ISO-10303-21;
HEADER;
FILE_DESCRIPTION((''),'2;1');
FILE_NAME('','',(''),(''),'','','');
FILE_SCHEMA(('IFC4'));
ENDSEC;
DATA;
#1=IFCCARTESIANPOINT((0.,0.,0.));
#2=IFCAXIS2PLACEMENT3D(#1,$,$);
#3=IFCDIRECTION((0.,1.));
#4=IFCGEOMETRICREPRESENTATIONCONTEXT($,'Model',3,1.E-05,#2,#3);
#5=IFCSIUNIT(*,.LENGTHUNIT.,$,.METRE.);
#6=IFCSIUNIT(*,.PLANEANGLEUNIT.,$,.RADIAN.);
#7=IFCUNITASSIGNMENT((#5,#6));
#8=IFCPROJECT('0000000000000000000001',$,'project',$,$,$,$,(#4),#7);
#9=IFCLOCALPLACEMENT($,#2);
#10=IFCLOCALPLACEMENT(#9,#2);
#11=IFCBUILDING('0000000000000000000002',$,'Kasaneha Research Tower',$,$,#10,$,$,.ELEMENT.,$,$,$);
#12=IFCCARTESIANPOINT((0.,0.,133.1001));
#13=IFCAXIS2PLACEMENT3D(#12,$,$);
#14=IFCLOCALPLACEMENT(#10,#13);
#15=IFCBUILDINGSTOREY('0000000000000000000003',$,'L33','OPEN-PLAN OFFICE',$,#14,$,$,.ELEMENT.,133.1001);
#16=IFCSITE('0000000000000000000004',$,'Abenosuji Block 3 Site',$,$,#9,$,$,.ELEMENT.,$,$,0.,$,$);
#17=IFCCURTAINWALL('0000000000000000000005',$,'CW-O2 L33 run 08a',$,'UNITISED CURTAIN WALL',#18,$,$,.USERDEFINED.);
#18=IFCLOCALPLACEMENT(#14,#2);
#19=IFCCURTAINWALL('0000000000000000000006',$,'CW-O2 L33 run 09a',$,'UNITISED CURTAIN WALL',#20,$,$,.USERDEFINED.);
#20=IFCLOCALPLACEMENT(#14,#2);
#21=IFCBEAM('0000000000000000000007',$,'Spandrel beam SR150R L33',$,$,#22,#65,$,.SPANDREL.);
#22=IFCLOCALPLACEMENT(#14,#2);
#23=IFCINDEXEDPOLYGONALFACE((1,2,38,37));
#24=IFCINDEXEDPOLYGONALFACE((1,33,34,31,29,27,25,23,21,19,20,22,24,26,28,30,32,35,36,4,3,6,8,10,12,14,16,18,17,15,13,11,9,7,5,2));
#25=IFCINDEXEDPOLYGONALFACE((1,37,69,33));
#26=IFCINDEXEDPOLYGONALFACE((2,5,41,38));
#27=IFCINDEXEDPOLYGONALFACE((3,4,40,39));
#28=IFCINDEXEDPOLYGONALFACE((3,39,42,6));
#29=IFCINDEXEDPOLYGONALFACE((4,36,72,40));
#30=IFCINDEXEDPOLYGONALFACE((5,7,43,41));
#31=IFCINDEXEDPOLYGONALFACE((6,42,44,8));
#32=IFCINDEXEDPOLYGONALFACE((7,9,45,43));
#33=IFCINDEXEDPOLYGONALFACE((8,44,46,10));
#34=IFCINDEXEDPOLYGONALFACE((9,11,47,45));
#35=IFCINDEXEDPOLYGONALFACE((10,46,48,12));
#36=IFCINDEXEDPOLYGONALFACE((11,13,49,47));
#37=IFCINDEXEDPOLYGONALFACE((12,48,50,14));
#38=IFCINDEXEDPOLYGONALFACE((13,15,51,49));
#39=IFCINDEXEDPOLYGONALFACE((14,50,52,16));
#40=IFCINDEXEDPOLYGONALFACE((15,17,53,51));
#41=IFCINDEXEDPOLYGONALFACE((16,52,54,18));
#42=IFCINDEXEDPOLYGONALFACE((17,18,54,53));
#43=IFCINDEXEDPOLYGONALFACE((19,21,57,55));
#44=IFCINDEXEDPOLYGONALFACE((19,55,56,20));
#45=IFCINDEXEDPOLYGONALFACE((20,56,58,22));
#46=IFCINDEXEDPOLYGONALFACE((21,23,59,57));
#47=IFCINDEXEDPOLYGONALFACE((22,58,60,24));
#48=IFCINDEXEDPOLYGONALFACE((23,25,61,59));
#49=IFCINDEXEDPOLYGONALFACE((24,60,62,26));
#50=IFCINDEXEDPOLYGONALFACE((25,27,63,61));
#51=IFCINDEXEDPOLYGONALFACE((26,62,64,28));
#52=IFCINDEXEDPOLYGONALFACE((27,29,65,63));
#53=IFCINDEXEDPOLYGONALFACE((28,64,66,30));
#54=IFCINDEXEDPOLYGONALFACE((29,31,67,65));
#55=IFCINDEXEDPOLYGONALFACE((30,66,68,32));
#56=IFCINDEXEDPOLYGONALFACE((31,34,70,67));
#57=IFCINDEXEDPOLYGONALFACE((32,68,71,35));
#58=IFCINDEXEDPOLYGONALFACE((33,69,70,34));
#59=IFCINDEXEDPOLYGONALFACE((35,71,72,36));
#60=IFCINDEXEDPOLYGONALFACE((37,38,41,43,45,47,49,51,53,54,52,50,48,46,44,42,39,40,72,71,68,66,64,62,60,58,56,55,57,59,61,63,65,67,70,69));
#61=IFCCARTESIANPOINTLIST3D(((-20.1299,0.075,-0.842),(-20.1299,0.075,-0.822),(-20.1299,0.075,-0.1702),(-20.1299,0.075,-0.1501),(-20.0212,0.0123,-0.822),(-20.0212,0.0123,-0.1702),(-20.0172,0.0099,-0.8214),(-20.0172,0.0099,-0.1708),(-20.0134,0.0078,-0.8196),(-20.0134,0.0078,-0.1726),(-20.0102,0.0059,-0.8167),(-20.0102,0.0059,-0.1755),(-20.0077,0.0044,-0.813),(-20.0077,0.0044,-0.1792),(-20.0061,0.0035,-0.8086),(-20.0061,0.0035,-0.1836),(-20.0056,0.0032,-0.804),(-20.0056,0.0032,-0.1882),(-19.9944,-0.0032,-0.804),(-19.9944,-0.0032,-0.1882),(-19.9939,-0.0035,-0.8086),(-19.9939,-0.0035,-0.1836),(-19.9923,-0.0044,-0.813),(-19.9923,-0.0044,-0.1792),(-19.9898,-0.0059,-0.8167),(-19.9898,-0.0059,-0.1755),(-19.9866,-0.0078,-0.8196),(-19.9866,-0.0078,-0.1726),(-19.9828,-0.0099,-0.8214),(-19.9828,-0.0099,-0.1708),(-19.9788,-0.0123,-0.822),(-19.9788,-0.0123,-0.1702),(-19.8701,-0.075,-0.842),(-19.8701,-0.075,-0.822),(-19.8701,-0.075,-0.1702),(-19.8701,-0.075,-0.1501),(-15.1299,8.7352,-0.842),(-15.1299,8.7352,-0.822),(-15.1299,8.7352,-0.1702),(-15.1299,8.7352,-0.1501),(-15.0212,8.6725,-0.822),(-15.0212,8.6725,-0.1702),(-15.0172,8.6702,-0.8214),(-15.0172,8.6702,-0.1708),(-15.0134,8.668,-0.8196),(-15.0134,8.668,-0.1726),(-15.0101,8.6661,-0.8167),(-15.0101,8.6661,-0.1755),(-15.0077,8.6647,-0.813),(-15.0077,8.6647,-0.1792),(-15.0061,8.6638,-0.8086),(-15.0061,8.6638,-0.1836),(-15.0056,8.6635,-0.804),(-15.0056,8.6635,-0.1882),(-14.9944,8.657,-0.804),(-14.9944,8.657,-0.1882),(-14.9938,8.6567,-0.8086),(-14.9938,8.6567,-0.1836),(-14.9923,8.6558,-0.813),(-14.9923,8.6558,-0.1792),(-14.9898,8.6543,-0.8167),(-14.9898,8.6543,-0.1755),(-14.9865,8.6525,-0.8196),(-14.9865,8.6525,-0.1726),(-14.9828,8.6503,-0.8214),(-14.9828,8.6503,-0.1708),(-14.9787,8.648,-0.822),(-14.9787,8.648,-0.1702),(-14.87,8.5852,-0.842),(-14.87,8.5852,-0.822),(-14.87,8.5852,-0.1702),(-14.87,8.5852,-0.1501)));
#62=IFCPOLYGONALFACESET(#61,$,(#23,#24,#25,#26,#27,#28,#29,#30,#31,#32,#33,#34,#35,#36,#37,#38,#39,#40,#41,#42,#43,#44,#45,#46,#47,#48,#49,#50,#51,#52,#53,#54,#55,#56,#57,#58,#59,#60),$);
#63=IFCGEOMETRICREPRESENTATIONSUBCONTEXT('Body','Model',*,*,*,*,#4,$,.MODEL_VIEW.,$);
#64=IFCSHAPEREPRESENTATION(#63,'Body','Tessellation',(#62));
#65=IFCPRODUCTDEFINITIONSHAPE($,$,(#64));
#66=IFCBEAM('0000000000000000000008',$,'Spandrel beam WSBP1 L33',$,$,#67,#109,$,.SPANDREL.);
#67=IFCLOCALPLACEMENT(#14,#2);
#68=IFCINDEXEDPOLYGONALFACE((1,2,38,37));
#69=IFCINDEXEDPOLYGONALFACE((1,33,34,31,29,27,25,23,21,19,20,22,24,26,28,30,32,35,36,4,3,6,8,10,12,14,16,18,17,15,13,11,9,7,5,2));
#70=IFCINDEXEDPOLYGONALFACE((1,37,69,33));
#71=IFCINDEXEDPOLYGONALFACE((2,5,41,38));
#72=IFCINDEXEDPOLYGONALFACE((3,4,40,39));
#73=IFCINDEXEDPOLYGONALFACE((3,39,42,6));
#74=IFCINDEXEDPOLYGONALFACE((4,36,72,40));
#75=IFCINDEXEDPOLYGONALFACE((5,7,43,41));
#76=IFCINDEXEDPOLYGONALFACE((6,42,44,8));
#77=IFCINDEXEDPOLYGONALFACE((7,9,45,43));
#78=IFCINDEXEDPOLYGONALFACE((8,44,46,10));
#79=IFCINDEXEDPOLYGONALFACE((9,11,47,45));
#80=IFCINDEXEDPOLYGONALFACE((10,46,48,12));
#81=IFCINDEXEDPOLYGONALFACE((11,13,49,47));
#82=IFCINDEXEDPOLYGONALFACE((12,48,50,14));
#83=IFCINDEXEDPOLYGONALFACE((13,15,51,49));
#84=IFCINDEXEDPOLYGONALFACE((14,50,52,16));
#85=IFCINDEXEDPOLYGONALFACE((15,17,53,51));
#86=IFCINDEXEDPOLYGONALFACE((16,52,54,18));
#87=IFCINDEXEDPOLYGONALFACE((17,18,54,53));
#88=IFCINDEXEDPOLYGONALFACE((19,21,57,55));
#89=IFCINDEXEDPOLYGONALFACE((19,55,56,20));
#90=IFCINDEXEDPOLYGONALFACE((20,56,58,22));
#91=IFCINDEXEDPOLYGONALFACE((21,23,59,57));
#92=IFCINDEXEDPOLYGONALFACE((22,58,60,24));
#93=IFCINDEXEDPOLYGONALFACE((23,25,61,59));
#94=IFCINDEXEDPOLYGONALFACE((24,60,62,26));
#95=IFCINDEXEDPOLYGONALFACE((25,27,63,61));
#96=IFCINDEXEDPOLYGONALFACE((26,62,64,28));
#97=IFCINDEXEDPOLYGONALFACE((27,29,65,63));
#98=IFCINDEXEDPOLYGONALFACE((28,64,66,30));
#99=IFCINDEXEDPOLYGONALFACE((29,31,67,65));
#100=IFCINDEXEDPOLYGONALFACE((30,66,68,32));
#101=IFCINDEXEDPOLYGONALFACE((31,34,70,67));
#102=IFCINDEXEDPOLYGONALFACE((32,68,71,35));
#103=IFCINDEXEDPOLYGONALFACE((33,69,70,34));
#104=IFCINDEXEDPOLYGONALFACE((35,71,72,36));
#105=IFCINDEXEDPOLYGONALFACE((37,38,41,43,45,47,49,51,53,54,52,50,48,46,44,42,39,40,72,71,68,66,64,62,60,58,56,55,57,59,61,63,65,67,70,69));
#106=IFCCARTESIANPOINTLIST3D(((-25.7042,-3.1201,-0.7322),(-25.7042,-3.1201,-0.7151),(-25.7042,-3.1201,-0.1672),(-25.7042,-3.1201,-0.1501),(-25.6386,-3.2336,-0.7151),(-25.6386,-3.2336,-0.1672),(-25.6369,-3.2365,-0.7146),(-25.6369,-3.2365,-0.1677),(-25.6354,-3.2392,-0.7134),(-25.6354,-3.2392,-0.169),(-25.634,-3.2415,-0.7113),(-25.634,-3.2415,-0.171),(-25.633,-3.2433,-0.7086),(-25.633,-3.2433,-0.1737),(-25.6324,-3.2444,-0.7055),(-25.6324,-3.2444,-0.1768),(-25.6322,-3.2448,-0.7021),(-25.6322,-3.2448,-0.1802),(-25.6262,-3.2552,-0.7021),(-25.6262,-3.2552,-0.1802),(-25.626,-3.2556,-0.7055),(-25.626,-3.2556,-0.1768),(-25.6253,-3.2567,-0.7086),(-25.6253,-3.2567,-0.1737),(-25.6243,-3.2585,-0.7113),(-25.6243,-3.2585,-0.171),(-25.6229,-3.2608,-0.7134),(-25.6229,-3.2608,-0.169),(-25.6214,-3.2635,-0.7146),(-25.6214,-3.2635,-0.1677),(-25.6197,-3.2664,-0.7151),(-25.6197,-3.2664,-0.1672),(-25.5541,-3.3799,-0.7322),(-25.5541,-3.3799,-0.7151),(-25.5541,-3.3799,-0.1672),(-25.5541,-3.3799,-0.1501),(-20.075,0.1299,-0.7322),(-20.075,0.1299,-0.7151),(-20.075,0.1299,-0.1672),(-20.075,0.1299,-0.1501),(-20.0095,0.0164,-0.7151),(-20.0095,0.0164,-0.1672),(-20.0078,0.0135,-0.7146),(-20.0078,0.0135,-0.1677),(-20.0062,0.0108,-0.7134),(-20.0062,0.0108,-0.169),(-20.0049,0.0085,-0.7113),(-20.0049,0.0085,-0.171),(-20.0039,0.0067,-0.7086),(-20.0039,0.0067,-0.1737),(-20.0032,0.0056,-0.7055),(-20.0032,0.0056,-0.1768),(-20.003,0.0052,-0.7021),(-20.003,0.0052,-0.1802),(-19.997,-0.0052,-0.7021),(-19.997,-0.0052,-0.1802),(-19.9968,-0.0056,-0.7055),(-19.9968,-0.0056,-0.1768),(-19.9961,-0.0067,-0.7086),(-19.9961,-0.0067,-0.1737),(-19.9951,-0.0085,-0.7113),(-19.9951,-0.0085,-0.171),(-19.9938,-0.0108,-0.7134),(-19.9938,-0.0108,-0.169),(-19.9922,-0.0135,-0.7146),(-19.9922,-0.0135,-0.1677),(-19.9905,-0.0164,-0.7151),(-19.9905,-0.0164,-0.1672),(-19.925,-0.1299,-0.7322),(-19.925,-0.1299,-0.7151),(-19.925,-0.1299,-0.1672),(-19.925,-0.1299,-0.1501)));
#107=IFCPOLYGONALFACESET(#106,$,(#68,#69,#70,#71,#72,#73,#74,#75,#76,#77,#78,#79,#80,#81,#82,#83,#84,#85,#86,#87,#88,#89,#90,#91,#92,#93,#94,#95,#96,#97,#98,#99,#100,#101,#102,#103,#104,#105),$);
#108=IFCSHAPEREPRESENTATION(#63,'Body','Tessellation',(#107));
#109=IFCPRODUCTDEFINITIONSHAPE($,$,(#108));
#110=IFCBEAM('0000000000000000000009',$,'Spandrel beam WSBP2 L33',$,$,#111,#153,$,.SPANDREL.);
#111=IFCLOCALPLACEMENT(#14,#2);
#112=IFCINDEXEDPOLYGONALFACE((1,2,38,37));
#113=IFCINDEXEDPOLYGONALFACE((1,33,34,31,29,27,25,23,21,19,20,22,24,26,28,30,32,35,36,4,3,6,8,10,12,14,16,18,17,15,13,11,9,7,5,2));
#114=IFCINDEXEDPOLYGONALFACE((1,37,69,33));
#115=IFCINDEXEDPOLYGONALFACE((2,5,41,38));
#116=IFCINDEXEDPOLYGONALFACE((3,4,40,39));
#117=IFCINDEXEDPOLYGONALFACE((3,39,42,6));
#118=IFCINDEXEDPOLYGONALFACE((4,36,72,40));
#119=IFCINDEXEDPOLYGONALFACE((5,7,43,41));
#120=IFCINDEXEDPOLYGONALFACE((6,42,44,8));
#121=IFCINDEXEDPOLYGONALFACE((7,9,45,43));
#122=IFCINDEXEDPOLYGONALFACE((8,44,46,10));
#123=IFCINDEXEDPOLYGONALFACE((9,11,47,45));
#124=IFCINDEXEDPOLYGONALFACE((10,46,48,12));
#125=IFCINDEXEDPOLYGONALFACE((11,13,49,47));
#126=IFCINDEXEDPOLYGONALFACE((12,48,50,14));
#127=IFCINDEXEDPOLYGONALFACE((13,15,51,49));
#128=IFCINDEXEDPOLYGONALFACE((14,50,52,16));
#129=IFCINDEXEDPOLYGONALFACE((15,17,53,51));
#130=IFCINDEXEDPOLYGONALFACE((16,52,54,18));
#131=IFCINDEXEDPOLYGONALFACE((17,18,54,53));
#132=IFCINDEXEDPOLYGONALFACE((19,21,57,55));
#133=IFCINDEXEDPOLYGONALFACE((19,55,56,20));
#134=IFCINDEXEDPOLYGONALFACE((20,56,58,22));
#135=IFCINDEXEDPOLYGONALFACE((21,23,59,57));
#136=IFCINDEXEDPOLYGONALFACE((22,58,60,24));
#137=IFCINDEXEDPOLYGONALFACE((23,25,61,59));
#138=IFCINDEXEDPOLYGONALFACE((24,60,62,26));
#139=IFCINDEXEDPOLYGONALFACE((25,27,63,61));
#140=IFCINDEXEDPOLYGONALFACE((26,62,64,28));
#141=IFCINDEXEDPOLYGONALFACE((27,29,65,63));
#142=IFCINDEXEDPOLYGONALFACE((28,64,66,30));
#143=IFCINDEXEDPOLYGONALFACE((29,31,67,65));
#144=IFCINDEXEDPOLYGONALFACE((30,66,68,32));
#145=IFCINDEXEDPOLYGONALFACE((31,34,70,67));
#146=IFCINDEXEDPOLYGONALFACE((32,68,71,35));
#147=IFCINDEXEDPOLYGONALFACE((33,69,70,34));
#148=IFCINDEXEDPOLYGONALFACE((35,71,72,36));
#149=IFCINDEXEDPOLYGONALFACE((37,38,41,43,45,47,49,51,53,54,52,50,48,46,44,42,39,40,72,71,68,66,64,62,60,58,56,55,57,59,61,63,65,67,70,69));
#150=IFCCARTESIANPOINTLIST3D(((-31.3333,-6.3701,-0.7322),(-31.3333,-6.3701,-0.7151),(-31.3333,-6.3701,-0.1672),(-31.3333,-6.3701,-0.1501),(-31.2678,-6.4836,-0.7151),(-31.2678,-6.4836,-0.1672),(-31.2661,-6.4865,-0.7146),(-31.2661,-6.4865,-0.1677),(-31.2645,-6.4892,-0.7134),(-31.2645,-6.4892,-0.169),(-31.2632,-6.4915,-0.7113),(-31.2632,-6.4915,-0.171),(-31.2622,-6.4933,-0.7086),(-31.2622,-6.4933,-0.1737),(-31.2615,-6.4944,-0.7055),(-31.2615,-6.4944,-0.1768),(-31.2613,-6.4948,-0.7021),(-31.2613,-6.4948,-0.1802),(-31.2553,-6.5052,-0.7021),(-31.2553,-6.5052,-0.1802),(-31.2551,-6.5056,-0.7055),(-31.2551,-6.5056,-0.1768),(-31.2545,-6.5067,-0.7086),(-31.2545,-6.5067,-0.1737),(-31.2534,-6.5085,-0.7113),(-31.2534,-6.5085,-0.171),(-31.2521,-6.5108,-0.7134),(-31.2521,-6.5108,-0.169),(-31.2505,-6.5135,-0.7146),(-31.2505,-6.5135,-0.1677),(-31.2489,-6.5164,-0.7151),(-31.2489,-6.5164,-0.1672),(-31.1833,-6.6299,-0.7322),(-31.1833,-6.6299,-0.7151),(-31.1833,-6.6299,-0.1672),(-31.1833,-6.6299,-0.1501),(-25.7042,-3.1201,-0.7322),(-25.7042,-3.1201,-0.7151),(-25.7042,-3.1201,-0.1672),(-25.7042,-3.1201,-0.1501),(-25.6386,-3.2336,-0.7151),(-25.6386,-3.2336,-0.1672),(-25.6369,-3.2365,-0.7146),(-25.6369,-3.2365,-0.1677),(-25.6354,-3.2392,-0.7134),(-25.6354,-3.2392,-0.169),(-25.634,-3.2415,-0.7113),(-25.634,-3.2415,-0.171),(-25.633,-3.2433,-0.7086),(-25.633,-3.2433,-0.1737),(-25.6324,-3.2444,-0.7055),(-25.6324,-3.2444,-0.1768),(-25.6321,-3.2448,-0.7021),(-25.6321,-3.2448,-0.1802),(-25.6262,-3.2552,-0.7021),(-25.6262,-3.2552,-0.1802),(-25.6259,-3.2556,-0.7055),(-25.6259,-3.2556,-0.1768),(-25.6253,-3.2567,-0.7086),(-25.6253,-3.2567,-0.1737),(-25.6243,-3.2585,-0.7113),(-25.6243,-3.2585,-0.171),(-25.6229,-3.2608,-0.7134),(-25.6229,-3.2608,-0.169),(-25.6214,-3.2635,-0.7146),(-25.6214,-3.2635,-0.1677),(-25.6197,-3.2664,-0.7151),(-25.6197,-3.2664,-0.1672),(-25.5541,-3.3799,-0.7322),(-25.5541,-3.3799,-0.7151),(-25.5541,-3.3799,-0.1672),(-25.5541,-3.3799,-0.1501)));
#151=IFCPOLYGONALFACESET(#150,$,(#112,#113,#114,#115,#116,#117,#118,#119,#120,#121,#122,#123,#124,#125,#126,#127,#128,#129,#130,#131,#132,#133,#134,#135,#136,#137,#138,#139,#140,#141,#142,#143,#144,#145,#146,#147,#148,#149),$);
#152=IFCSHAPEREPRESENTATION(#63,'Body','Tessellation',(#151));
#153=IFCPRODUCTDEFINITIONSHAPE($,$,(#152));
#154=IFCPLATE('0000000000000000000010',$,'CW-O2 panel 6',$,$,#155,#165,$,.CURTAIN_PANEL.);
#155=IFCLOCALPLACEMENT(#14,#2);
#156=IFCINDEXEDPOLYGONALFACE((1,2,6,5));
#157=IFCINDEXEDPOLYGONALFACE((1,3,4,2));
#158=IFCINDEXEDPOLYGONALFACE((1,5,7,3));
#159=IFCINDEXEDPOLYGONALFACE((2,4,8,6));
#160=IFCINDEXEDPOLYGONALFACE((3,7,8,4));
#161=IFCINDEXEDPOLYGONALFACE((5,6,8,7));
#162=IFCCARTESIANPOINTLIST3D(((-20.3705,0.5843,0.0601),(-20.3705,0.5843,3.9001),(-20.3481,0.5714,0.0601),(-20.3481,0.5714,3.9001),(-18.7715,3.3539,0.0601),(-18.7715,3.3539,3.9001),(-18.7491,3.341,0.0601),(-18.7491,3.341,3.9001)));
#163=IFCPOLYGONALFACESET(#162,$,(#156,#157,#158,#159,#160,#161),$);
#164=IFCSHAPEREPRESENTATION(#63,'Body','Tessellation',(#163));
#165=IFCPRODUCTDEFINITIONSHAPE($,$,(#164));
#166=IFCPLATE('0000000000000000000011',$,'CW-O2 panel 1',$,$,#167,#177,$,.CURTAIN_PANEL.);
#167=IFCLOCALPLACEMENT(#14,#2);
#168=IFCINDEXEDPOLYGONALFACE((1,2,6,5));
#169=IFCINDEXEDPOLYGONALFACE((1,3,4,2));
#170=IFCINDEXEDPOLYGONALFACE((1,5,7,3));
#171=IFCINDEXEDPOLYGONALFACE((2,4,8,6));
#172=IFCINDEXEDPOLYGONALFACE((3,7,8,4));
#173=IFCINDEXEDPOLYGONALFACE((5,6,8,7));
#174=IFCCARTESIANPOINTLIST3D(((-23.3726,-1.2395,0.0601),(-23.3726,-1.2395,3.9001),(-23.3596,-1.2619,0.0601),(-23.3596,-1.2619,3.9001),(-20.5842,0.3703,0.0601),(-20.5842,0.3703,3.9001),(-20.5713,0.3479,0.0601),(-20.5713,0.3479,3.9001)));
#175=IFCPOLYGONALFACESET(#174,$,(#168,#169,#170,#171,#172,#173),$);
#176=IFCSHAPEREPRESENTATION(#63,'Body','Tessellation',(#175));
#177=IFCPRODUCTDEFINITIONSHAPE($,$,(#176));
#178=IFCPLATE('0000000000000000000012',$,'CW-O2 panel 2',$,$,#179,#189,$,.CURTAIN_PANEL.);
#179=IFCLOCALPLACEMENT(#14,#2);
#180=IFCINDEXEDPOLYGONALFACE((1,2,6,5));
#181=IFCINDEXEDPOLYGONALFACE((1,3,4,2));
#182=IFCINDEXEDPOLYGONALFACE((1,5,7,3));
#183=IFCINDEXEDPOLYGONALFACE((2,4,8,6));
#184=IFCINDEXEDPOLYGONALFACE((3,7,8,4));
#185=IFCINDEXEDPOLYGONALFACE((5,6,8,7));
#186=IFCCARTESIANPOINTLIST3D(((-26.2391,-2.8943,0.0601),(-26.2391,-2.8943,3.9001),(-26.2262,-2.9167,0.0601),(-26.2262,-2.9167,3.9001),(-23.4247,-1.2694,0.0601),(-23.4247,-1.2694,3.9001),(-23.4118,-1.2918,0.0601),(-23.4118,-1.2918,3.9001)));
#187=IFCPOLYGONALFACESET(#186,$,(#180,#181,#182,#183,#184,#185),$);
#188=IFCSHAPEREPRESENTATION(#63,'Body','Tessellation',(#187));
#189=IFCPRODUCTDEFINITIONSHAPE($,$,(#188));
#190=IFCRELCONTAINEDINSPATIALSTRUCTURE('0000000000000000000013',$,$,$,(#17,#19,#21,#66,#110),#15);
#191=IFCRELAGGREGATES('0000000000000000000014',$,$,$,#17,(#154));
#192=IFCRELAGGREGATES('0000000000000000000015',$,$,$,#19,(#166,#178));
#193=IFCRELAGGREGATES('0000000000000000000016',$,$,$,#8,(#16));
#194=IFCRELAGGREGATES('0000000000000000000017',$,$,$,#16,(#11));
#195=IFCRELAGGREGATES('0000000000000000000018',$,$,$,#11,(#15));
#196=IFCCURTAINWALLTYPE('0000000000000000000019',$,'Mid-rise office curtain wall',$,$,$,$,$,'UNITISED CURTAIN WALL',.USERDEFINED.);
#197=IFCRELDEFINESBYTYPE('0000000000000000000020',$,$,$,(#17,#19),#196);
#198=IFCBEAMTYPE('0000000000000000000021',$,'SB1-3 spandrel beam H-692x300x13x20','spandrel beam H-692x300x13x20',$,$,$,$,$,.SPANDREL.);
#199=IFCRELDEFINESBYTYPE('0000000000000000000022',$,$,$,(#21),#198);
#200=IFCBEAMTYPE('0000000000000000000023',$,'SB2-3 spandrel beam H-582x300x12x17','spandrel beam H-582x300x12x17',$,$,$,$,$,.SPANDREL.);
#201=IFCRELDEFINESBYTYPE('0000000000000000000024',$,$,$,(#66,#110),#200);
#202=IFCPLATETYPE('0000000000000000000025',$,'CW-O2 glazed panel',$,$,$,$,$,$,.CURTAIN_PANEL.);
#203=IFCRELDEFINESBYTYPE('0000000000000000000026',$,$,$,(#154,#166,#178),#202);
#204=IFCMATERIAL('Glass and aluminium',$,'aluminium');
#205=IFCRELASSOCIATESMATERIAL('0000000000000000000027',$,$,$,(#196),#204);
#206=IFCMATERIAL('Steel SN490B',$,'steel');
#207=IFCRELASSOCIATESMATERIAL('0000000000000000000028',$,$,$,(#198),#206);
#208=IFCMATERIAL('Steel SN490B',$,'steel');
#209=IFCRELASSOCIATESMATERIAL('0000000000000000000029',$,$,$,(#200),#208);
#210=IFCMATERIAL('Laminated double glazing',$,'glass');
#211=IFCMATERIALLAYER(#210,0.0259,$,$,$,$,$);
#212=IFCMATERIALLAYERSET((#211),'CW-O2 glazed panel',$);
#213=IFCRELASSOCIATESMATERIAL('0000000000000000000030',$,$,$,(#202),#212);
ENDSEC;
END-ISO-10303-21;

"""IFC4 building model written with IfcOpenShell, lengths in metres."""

from ifc_helpers import new_model, si_unit, direction, frame, origin, origin_2d, place, context, subcontext, project, spatial, rectangle, i_section, extrude, material, layer, layer_set, material_profile, profile_set, type_object, element, aggregate, save


model = new_model("IFC4")

# Units and contexts
model_context = context("Model", 3, precision=1e-05, world=origin(), true_north=direction((0.0, 1.0)))
body_context = subcontext(model_context, "Body", "Model", "MODEL_VIEW")
ifc_project = project(units=[si_unit("LENGTHUNIT", "METRE"), si_unit("PLANEANGLEUNIT", "RADIAN")], contexts=[model_context])

# Site, building, storey
site_placement = place(None, origin())
site = spatial("IfcSite", under=ifc_project, at=site_placement, Name="Abenosuji Block 3 Site", CompositionType="ELEMENT", RefElevation=0.0)
building_placement = place(site_placement, origin())
building = spatial("IfcBuilding", under=site, at=building_placement, Name="Kasaneha Research Tower", CompositionType="ELEMENT")
storey_placement = place(building_placement, frame((0.0, 0.0, 133.1001)))
storey = spatial("IfcBuildingStorey", under=building, at=storey_placement, Name="L33", Description="OPEN-PLAN OFFICE", CompositionType="ELEMENT", Elevation=133.1001)

# Curtain wall
ifc_material_1 = material(Name="Glass and aluminium", Category="aluminium")
curtain_wall_type = type_object("IfcCurtainWallType", Name="Mid-rise office curtain wall", ElementType="UNITISED CURTAIN WALL", PredefinedType="USERDEFINED", material=ifc_material_1)
curtain_wall_1_placement = place(storey_placement, origin())
curtain_wall_1 = element("IfcCurtainWall", 1, at=curtain_wall_1_placement, inside=storey, type_object=curtain_wall_type, Name="CW-O2 L33 run 08a", ObjectType="UNITISED CURTAIN WALL", PredefinedType="USERDEFINED")

# Curtain wall
curtain_wall_2_placement = place(storey_placement, origin())
curtain_wall_2 = element("IfcCurtainWall", 2, at=curtain_wall_2_placement, inside=storey, type_object=curtain_wall_type, Name="CW-O2 L33 run 09a", ObjectType="UNITISED CURTAIN WALL", PredefinedType="USERDEFINED")

# Beams
ifc_material_2 = material(Name="Steel SN490B", Category="steel")
ifc_material_profile_1 = material_profile(ifc_material_2, i_section(OverallWidth=0.3, OverallDepth=0.6919, WebThickness=0.0129, FlangeThickness=0.02, FilletRadius=0.0181, at=origin_2d()), Name="H-692x300x13x20")
ifc_profile_set_1 = profile_set([ifc_material_profile_1], Name="Steel SN490B")
beam_type_1 = type_object("IfcBeamType", Name="SB1-3 spandrel beam H-692x300x13x20", Description="spandrel beam H-692x300x13x20", PredefinedType="SPANDREL", material=ifc_profile_set_1)
beam_1_placement = place(storey_placement, frame((-20.0, 0.0, -0.4961), z_axis=(0.500004, 0.866023, 0.0), x_axis=(-0.866023, 0.500004, 0.0)))
element("IfcBeam", 3, at=beam_1_placement, inside=storey, type_object=beam_type_1, Name="Spandrel beam SR150R L33", PredefinedType="SPANDREL", context=body_context, shape_type="SweptSolid", body=[
    extrude(i_section(OverallWidth=0.3, OverallDepth=0.6919, WebThickness=0.0129, FlangeThickness=0.02, FilletRadius=0.0181, at=origin_2d()), origin(), (0.0, 0.0, 1.0), 10.0),
])
ifc_material_3 = material(Name="Steel SN490B", Category="steel")
ifc_material_profile_2 = material_profile(ifc_material_3, i_section(OverallWidth=0.3, OverallDepth=0.582, WebThickness=0.012, FlangeThickness=0.0171, FilletRadius=0.0129, at=origin_2d()), Name="H-582x300x12x17")
ifc_profile_set_2 = profile_set([ifc_material_profile_2], Name="Steel SN490B")
beam_type_2 = type_object("IfcBeamType", Name="SB2-3 spandrel beam H-582x300x12x17", Description="spandrel beam H-582x300x12x17", PredefinedType="SPANDREL", material=ifc_profile_set_2)
for number, where, z_axis, x_axis, name in (
    (4, (-20.0, 0.0, -0.4412), (-0.866025, -0.500001, 0.0), (0.500001, -0.866025, 0.0), "Spandrel beam WSBP1 L33"),
    (5, (-25.6292, -3.25, -0.4412), (-0.866025, -0.500001, 0.0), (0.500001, -0.866025, 0.0), "Spandrel beam WSBP2 L33"),
):
    element("IfcBeam", number, at=place(storey_placement, frame(where, z_axis=z_axis, x_axis=x_axis)), inside=storey, type_object=beam_type_2, Name=name, PredefinedType="SPANDREL", context=body_context, shape_type="SweptSolid", body=[
        extrude(i_section(OverallWidth=0.3, OverallDepth=0.582, WebThickness=0.012, FlangeThickness=0.0171, FilletRadius=0.0129, at=origin_2d()), origin(), (0.0, 0.0, 1.0), 6.5),
    ])

# Plates
ifc_material_4 = material(Name="Laminated double glazing", Category="glass")
ifc_layer_1 = layer(ifc_material_4, 0.0259)
ifc_layer_set_1 = layer_set([ifc_layer_1], Name="CW-O2 glazed panel")
plate_type = type_object("IfcPlateType", Name="CW-O2 glazed panel", PredefinedType="CURTAIN_PANEL", material=ifc_layer_set_1)
plate_1_placement = place(storey_placement, frame((-19.5598, 1.9626, 0.0601), z_axis=(0.0, 0.0, 1.0), x_axis=(-0.5, -0.866025, 0.0)))
plate_1 = element("IfcPlate", 6, at=plate_1_placement, type_object=plate_type, Name="CW-O2 panel 6", PredefinedType="CURTAIN_PANEL", context=body_context, shape_type="SweptSolid", body=[
    extrude(rectangle(XDim=3.198, YDim=0.0259, at=origin_2d()), origin(), (0.0, 0.0, 1.0), 3.8401),
])
aggregate(curtain_wall_1, [plate_1])
plate_2_placement = place(storey_placement, frame((-21.9719, -0.4458, 0.0601), z_axis=(0.0, 0.0, 1.0), x_axis=(-0.866025, -0.5, 0.0)))
plate_2 = element("IfcPlate", 7, at=plate_2_placement, type_object=plate_type, Name="CW-O2 panel 1", PredefinedType="CURTAIN_PANEL", context=body_context, shape_type="SweptSolid", body=[
    extrude(rectangle(XDim=3.2197, YDim=0.0259, at=origin_2d()), origin(), (0.0, 0.0, 1.0), 3.8401),
])
plate_3_placement = place(storey_placement, frame((-24.8254, -2.093, 0.0601), z_axis=(0.0, 0.0, 1.0), x_axis=(-0.866025, -0.5, 0.0)))
plate_3 = element("IfcPlate", 8, at=plate_3_placement, type_object=plate_type, Name="CW-O2 panel 2", PredefinedType="CURTAIN_PANEL", context=body_context, shape_type="SweptSolid", body=[
    extrude(rectangle(XDim=3.2498, YDim=0.0259, at=origin_2d()), origin(), (0.0, 0.0, 1.0), 3.8401),
])
aggregate(curtain_wall_2, [plate_2, plate_3])

save(model, "model.ifc")
